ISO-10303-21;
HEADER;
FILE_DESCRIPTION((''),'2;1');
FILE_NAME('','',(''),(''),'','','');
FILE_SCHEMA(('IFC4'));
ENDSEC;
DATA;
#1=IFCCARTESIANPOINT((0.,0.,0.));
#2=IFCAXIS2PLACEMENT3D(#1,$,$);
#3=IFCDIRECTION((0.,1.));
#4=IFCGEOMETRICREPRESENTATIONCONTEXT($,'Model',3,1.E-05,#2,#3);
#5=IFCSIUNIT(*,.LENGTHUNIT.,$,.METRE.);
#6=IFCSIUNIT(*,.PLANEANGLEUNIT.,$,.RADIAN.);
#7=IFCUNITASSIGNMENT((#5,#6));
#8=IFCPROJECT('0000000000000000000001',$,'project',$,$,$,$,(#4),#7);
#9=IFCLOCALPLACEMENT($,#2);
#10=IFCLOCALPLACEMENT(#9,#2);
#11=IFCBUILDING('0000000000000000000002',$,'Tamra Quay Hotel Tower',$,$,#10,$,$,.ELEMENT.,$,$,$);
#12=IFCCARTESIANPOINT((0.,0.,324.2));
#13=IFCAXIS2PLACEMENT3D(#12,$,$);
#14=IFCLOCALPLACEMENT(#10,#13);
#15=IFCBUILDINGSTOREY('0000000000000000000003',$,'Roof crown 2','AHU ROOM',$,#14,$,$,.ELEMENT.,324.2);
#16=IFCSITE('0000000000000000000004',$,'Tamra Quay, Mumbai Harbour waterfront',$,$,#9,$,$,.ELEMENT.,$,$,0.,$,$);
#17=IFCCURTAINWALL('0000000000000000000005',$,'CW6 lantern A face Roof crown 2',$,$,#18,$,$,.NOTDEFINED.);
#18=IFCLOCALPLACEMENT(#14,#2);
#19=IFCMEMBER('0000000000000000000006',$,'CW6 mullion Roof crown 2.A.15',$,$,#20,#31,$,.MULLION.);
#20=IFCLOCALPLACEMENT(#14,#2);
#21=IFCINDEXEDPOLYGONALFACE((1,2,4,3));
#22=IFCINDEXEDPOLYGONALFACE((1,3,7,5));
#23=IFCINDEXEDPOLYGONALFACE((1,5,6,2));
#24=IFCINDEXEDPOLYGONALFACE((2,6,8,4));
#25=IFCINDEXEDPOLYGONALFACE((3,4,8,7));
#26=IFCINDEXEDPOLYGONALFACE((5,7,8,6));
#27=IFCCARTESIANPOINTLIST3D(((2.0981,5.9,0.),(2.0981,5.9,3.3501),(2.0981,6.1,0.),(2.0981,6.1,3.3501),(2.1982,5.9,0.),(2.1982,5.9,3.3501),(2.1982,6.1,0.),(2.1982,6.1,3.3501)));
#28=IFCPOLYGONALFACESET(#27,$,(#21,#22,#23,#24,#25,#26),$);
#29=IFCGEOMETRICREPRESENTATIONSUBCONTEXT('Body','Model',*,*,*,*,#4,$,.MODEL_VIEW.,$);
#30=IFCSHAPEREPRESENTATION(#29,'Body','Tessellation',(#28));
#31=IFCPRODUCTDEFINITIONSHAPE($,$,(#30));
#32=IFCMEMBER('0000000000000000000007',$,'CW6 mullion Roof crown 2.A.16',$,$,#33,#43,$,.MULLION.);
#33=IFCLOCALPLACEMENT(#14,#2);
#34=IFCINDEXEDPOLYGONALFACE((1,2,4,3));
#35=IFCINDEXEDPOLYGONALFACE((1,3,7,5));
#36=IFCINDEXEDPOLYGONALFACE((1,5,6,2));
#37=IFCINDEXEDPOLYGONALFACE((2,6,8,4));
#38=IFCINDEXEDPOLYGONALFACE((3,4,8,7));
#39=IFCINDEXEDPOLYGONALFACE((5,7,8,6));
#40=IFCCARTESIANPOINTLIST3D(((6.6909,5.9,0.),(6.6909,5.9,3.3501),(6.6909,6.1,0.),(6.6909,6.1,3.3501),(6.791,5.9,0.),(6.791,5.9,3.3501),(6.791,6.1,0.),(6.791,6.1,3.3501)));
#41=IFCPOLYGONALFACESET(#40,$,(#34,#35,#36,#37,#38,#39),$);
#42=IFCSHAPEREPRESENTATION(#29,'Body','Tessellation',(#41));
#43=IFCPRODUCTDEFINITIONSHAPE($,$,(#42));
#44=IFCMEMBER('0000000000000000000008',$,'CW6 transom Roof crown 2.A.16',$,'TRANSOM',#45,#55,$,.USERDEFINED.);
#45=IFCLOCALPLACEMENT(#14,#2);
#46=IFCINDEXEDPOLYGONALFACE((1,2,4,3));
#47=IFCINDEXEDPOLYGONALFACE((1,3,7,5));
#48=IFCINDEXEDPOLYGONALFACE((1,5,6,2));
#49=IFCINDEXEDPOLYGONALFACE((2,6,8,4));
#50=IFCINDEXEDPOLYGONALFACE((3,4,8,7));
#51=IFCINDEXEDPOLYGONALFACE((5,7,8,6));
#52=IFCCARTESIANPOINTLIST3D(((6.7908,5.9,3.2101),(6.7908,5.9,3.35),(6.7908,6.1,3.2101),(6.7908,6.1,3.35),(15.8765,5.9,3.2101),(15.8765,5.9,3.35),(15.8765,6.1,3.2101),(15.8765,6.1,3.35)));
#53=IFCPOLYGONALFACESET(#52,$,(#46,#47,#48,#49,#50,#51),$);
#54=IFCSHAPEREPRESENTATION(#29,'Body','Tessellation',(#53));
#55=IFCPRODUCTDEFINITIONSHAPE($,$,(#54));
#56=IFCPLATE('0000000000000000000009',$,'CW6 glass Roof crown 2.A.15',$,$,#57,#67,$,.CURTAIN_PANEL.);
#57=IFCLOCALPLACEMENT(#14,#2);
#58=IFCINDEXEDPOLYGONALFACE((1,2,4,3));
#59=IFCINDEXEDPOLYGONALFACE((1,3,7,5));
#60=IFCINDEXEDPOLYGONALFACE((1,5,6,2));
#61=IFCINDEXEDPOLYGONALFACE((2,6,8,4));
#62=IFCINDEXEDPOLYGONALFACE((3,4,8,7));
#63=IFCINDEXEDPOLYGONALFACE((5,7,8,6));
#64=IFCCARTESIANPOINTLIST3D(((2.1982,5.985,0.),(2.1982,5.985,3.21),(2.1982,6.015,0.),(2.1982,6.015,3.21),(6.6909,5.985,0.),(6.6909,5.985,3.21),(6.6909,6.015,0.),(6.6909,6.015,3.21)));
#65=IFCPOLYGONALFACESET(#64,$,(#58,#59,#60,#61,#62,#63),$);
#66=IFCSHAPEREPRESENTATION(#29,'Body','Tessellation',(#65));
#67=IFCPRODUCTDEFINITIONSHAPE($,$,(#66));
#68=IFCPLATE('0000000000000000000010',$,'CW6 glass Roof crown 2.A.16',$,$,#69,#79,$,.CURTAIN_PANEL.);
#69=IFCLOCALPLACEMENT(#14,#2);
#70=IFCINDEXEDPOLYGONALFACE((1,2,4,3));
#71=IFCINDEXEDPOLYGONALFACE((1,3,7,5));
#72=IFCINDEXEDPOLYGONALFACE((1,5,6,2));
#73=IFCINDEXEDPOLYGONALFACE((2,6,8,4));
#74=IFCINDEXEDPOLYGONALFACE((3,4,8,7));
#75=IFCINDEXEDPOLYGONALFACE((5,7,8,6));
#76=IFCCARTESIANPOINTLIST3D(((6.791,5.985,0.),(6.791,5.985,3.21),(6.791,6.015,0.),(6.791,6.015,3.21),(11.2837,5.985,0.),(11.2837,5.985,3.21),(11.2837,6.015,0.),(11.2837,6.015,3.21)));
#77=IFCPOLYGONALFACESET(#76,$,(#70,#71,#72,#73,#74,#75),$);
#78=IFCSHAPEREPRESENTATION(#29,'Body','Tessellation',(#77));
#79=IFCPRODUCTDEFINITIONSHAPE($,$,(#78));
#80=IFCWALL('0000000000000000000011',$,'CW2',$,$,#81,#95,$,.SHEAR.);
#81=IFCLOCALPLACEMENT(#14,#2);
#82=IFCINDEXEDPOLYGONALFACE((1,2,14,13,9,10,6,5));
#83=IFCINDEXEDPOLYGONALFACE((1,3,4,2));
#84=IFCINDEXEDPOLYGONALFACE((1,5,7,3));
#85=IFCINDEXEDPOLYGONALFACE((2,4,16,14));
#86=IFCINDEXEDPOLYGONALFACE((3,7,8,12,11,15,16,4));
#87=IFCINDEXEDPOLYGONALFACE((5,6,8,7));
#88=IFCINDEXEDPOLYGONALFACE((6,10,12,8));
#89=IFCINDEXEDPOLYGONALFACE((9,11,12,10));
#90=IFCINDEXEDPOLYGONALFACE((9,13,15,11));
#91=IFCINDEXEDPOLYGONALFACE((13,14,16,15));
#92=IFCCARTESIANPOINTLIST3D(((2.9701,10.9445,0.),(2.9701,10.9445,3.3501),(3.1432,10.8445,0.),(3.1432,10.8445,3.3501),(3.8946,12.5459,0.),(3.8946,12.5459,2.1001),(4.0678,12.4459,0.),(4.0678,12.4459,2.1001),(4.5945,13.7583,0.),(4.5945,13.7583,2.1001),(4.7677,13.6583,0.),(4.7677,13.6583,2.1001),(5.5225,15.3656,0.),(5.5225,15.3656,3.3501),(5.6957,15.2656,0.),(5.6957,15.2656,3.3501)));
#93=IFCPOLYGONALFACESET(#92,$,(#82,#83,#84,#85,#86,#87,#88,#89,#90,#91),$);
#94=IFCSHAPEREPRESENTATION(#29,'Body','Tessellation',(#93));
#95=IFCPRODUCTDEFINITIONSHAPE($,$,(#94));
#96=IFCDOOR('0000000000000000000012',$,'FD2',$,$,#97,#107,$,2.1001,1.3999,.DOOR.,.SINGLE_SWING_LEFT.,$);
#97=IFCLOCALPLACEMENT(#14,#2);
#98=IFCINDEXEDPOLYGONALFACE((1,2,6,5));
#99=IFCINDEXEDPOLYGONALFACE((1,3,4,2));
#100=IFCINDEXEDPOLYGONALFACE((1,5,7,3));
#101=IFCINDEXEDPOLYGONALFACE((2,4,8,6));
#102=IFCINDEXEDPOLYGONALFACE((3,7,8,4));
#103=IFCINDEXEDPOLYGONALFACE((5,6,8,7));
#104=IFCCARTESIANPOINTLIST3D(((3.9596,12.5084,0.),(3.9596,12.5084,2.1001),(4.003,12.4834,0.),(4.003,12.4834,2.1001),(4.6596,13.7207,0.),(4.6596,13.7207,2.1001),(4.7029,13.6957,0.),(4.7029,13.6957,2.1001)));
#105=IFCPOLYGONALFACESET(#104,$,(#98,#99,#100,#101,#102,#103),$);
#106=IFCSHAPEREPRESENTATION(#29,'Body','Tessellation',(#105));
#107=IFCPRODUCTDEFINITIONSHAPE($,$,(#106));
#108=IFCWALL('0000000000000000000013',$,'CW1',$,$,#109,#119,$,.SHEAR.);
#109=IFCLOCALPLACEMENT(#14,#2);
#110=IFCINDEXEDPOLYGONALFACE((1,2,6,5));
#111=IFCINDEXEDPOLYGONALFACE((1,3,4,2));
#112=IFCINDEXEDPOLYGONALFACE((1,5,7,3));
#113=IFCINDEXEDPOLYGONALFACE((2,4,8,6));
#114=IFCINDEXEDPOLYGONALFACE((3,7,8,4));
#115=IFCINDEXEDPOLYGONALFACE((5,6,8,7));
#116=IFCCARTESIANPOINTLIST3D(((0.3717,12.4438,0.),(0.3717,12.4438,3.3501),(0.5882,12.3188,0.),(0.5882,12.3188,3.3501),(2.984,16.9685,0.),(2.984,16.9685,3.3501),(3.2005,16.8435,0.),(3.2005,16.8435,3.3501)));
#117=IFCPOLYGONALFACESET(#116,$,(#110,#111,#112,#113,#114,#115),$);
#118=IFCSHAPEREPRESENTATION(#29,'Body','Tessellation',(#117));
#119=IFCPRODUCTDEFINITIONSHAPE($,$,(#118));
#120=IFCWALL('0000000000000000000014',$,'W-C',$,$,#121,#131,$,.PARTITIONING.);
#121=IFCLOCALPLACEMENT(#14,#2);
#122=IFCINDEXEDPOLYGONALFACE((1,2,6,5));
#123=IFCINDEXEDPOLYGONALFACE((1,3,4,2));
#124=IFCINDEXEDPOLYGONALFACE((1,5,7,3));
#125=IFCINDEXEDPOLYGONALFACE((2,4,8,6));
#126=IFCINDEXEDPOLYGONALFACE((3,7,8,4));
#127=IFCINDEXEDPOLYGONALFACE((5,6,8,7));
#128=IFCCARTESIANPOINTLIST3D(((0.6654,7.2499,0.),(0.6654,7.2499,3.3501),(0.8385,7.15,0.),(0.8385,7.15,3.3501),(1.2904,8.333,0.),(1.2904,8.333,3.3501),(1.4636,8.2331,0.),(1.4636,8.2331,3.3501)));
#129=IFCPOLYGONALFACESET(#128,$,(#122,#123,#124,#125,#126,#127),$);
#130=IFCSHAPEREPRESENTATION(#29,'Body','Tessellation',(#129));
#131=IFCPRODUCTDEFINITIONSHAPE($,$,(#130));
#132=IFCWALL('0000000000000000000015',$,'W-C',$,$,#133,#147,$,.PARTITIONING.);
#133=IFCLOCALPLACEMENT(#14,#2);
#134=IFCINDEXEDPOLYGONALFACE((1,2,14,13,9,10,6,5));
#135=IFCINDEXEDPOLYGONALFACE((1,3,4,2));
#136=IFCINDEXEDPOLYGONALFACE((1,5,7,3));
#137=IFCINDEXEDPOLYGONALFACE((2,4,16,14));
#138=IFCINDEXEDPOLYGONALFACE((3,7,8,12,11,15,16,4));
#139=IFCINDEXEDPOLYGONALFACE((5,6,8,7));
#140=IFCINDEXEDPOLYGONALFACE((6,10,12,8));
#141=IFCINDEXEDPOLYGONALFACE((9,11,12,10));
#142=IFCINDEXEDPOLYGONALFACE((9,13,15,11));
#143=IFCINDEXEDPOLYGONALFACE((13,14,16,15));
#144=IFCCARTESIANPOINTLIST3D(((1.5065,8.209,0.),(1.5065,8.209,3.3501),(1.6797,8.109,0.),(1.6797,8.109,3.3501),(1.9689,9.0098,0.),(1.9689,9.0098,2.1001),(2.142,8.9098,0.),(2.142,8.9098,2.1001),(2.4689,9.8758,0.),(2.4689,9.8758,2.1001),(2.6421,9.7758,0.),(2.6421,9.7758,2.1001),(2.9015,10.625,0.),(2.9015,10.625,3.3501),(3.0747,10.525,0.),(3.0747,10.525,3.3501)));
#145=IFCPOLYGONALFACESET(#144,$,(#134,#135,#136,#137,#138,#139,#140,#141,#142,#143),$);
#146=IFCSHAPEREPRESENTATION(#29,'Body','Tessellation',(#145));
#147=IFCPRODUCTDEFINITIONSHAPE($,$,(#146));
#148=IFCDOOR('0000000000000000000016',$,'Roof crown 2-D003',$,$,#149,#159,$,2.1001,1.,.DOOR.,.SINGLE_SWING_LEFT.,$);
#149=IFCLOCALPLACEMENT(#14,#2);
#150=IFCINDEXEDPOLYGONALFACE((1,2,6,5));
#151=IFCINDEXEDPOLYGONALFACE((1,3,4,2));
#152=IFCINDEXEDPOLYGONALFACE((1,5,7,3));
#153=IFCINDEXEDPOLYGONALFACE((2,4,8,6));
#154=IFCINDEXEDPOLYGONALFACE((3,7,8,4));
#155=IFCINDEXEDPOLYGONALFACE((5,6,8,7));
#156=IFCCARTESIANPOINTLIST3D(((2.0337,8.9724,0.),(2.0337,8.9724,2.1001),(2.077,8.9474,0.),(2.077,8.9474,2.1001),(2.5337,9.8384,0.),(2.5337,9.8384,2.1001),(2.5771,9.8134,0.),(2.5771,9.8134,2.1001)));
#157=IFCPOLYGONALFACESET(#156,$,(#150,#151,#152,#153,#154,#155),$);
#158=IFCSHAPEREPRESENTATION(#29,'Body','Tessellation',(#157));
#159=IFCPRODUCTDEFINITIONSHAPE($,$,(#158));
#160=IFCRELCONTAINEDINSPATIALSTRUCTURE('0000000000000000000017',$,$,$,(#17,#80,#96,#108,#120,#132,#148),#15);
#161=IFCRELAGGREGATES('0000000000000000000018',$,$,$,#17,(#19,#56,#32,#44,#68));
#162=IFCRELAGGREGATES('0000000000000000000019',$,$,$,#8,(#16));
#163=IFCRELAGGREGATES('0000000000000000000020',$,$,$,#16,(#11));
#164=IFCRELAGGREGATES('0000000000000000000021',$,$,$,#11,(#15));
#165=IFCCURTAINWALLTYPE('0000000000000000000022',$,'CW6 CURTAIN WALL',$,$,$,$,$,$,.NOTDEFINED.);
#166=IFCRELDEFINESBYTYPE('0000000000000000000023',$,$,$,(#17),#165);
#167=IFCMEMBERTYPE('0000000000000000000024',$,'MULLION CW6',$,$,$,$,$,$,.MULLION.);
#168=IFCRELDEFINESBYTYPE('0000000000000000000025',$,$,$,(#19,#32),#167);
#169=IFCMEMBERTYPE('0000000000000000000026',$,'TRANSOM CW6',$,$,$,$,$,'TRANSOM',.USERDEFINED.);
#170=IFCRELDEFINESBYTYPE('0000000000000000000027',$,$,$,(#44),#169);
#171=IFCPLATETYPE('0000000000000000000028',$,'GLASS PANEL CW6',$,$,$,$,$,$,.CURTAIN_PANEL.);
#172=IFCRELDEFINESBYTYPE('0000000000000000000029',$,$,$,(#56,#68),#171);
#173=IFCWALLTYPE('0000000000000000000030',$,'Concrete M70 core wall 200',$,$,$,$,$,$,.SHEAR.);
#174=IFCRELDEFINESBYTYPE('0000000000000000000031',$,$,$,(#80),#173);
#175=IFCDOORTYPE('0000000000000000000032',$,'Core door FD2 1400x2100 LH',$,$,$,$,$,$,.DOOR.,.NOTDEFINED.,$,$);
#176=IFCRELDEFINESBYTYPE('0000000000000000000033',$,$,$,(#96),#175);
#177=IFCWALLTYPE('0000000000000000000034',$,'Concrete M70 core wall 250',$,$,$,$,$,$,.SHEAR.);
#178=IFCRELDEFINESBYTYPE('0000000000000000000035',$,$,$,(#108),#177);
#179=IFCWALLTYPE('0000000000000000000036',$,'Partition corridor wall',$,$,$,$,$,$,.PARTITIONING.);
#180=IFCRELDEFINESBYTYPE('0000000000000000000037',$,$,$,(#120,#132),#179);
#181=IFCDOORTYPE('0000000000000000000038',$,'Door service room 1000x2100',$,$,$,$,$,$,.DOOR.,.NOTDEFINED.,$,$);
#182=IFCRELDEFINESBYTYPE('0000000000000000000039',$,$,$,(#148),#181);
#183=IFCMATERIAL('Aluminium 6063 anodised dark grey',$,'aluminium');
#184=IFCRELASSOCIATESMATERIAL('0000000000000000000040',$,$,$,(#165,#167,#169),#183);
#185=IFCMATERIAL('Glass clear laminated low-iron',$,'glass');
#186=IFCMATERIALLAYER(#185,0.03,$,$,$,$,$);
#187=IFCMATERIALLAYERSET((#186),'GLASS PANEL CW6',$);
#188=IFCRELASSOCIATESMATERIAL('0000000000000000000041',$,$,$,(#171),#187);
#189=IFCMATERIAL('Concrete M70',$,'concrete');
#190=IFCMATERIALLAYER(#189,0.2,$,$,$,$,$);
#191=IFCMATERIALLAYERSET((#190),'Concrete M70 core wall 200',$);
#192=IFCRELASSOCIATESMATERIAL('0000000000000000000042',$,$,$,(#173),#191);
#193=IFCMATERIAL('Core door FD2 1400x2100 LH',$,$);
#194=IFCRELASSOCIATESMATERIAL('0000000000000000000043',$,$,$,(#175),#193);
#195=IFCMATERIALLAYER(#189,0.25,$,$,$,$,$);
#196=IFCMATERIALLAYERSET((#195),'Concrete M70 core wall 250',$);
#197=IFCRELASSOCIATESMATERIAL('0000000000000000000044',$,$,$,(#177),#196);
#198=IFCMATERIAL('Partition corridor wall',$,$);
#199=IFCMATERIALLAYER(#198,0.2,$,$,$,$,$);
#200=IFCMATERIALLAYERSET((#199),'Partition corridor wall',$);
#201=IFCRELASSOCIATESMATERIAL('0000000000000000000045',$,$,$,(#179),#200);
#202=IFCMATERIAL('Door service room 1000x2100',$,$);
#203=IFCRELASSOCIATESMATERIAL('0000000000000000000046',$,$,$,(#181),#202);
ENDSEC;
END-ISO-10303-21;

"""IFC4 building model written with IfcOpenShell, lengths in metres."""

from ifc_helpers import new_model, si_unit, direction, frame, frame_2d, origin, origin_2d, place, context, subcontext, project, spatial, rectangle, extrude, material, layer, layer_set, material_profile, profile_set, type_object, element, fill, aggregate, save


model = new_model("IFC4")

# Units and contexts
model_context = context("Model", 3, precision=1e-05, world=origin(), true_north=direction((0.0, 1.0)))
body_context = subcontext(model_context, "Body", "Model", "MODEL_VIEW")
ifc_project = project(units=[si_unit("LENGTHUNIT", "METRE"), si_unit("PLANEANGLEUNIT", "RADIAN")], contexts=[model_context])

# Site, building, storey
site_placement = place(None, origin())
site = spatial("IfcSite", under=ifc_project, at=site_placement, Name="Tamra Quay, Mumbai Harbour waterfront", CompositionType="ELEMENT", RefElevation=0.0)
building_placement = place(site_placement, origin())
building = spatial("IfcBuilding", under=site, at=building_placement, Name="Tamra Quay Hotel Tower", CompositionType="ELEMENT")
storey_placement = place(building_placement, frame((0.0, 0.0, 324.2)))
storey = spatial("IfcBuildingStorey", under=building, at=storey_placement, Name="Roof crown 2", Description="AHU ROOM", CompositionType="ELEMENT", Elevation=324.2)

# Curtain wall, members, plates
ifc_material_1 = material(Name="Aluminium 6063 anodised dark grey", Category="aluminium")
curtain_wall_type = type_object("IfcCurtainWallType", Name="CW6 CURTAIN WALL", PredefinedType="NOTDEFINED", material=ifc_material_1)
curtain_wall_placement = place(storey_placement, origin())
curtain_wall = element("IfcCurtainWall", 1, at=curtain_wall_placement, inside=storey, type_object=curtain_wall_type, Name="CW6 lantern A face Roof crown 2", PredefinedType="NOTDEFINED")
ifc_material_profile_1 = material_profile(ifc_material_1, rectangle(XDim=0.2, YDim=0.1001, at=origin_2d()), Name="MULLION 100X200")
ifc_profile_set_1 = profile_set([ifc_material_profile_1], Name="Aluminium 6063 anodised dark grey")
member_type_1 = type_object("IfcMemberType", Name="MULLION CW6", PredefinedType="MULLION", material=ifc_profile_set_1)
member_1_placement = place(storey_placement, frame((2.1482, 6.0, 0.0), z_axis=(0.0, 0.0, 1.0), x_axis=(0.0, -1.0, 0.0)))
member_1 = element("IfcMember", 2, at=member_1_placement, type_object=member_type_1, Name="CW6 mullion Roof crown 2.A.15", PredefinedType="MULLION", context=body_context, shape_type="SweptSolid", body=[
    extrude(rectangle(XDim=0.2, YDim=0.1001, at=origin_2d()), origin(), (0.0, 0.0, 1.0), 3.3501),
])
member_2_placement = place(storey_placement, frame((6.741, 6.0, 0.0), z_axis=(0.0, 0.0, 1.0), x_axis=(0.0, -1.0, 0.0)))
member_2 = element("IfcMember", 3, at=member_2_placement, type_object=member_type_1, Name="CW6 mullion Roof crown 2.A.16", PredefinedType="MULLION", context=body_context, shape_type="SweptSolid", body=[
    extrude(rectangle(XDim=0.2, YDim=0.1001, at=origin_2d()), origin(), (0.0, 0.0, 1.0), 3.3501),
])
ifc_material_profile_2 = material_profile(ifc_material_1, rectangle(XDim=0.2, YDim=0.1399, at=origin_2d()), Name="TRANSOM 200X140")
ifc_profile_set_2 = profile_set([ifc_material_profile_2], Name="Aluminium 6063 anodised dark grey")
member_type_2 = type_object("IfcMemberType", Name="TRANSOM CW6", ElementType="TRANSOM", PredefinedType="USERDEFINED", material=ifc_profile_set_2)
member_3_placement = place(storey_placement, frame((6.7908, 6.0, 3.28), z_axis=(1.0, 0.0, 0.0), x_axis=(0.0, 1.0, 0.0)))
member_3 = element("IfcMember", 4, at=member_3_placement, type_object=member_type_2, Name="CW6 transom Roof crown 2.A.16", ObjectType="TRANSOM", PredefinedType="USERDEFINED", context=body_context, shape_type="SweptSolid", body=[
    extrude(rectangle(XDim=0.2, YDim=0.1399, at=origin_2d()), origin(), (0.0, 0.0, 1.0), 9.0857),
])
ifc_material_2 = material(Name="Glass clear laminated low-iron", Category="glass")
ifc_layer_1 = layer(ifc_material_2, 0.03)
ifc_layer_set_1 = layer_set([ifc_layer_1], Name="GLASS PANEL CW6")
plate_type = type_object("IfcPlateType", Name="GLASS PANEL CW6", PredefinedType="CURTAIN_PANEL", material=ifc_layer_set_1)
plate_1_placement = place(storey_placement, frame((4.4446, 6.0, 0.0), z_axis=(0.0, 0.0, 1.0), x_axis=(1.0, 0.0, 0.0)))
plate_1 = element("IfcPlate", 5, at=plate_1_placement, type_object=plate_type, Name="CW6 glass Roof crown 2.A.15", PredefinedType="CURTAIN_PANEL", context=body_context, shape_type="SweptSolid", body=[
    extrude(rectangle(XDim=4.4927, YDim=0.03, at=origin_2d()), origin(), (0.0, 0.0, 1.0), 3.21),
])
plate_2_placement = place(storey_placement, frame((9.0374, 6.0, 0.0), z_axis=(0.0, 0.0, 1.0), x_axis=(1.0, 0.0, 0.0)))
plate_2 = element("IfcPlate", 6, at=plate_2_placement, type_object=plate_type, Name="CW6 glass Roof crown 2.A.16", PredefinedType="CURTAIN_PANEL", context=body_context, shape_type="SweptSolid", body=[
    extrude(rectangle(XDim=4.4927, YDim=0.03, at=origin_2d()), origin(), (0.0, 0.0, 1.0), 3.21),
])
aggregate(curtain_wall, [member_1, plate_1, member_2, member_3, plate_2])

# Wall, opening, door
ifc_material_3 = material(Name="Concrete M70", Category="concrete")
ifc_layer_2 = layer(ifc_material_3, 0.2)
ifc_layer_set_2 = layer_set([ifc_layer_2], Name="Concrete M70 core wall 200")
wall_type_1 = type_object("IfcWallType", Name="Concrete M70 core wall 200", PredefinedType="SHEAR", material=ifc_layer_set_2)
wall_1_placement = place(storey_placement, frame((3.0566, 10.8945, 0.0), z_axis=(0.0, 0.0, 1.0), x_axis=(0.499992, 0.86603, 0.0)))
wall_1 = element("IfcWall", 7, at=wall_1_placement, inside=storey, type_object=wall_type_1, Name="CW2", PredefinedType="SHEAR", context=body_context, shape_type="SweptSolid", body=[
    extrude(rectangle(XDim=5.105, YDim=0.2, at=frame_2d((2.5525, 0.0))), origin(), (0.0, 0.0, 1.0), 3.3501),
])
opening_1_placement = place(wall_1_placement, frame((1.8491, 0.0, 0.0)))
opening_1 = element("IfcOpeningElement", 8, at=opening_1_placement, cuts=wall_1, PredefinedType="OPENING", context=body_context, shape_type="SweptSolid", body=[
    extrude(rectangle(XDim=1.3999, YDim=2.1001, at=frame_2d((0.7, 1.05))), frame((0.0, 0.1099, 0.0), z_axis=(0.0, -1.0, 0.0), x_axis=(1.0, 0.0, 0.0)), (0.0, 0.0, 1.0), 0.22),
])
ifc_material_4 = material(Name="Core door FD2 1400x2100 LH")
door_type_1 = type_object("IfcDoorType", Name="Core door FD2 1400x2100 LH", OperationType="NOTDEFINED", PredefinedType="DOOR", material=ifc_material_4)
door_1_placement = place(opening_1_placement, origin())
door_1 = element("IfcDoor", 9, at=door_1_placement, inside=storey, type_object=door_type_1, Name="FD2", OperationType="SINGLE_SWING_LEFT", OverallHeight=2.1001, OverallWidth=1.3999, PredefinedType="DOOR", context=body_context, shape_type="SweptSolid", body=[
    extrude(rectangle(XDim=1.3999, YDim=2.1001, at=frame_2d((0.7, 1.05))), frame((0.0, 0.0249, 0.0), z_axis=(0.0, -1.0, 0.0), x_axis=(1.0, 0.0, 0.0)), (0.0, 0.0, 1.0), 0.05),
])
fill(opening_1, door_1)

# Walls
ifc_layer_3 = layer(ifc_material_3, 0.25)
ifc_layer_set_3 = layer_set([ifc_layer_3], Name="Concrete M70 core wall 250")
wall_type_2 = type_object("IfcWallType", Name="Concrete M70 core wall 250", PredefinedType="SHEAR", material=ifc_layer_set_3)
wall_2_placement = place(storey_placement, frame((0.48, 12.3813, 0.0), z_axis=(0.0, 0.0, 1.0), x_axis=(0.499999, 0.866026, 0.0)))
element("IfcWall", 10, at=wall_2_placement, inside=storey, type_object=wall_type_2, Name="CW1", PredefinedType="SHEAR", context=body_context, shape_type="SweptSolid", body=[
    extrude(rectangle(XDim=5.2246, YDim=0.25, at=frame_2d((2.6123, 0.0))), origin(), (0.0, 0.0, 1.0), 3.3501),
])
ifc_material_5 = material(Name="Partition corridor wall")
ifc_layer_4 = layer(ifc_material_5, 0.2)
ifc_layer_set_4 = layer_set([ifc_layer_4], Name="Partition corridor wall")
wall_type_3 = type_object("IfcWallType", Name="Partition corridor wall", PredefinedType="PARTITIONING", material=ifc_layer_set_4)
wall_3_placement = place(storey_placement, frame((0.752, 7.2, 0.0), z_axis=(0.0, 0.0, 1.0), x_axis=(0.499835, 0.866121, 0.0)))
element("IfcWall", 11, at=wall_3_placement, inside=storey, type_object=wall_type_3, Name="W-C", PredefinedType="PARTITIONING", context=body_context, shape_type="SweptSolid", body=[
    extrude(rectangle(XDim=1.2505, YDim=0.2, at=frame_2d((0.6252, 0.0))), origin(), (0.0, 0.0, 1.0), 3.3501),
])

# Wall, opening, door
wall_4_placement = place(storey_placement, frame((1.593, 8.1589, 0.0), z_axis=(0.0, 0.0, 1.0), x_axis=(0.500036, 0.866005, 0.0)))
wall_4 = element("IfcWall", 12, at=wall_4_placement, inside=storey, type_object=wall_type_3, Name="W-C", PredefinedType="PARTITIONING", context=body_context, shape_type="SweptSolid", body=[
    extrude(rectangle(XDim=2.7898, YDim=0.2, at=frame_2d((1.395, 0.0))), origin(), (0.0, 0.0, 1.0), 3.3501),
])
opening_2_placement = place(wall_4_placement, frame((0.9248, 0.0, 0.0)))
opening_2 = element("IfcOpeningElement", 13, at=opening_2_placement, cuts=wall_4, PredefinedType="OPENING", context=body_context, shape_type="SweptSolid", body=[
    extrude(rectangle(XDim=1.0, YDim=2.1001, at=frame_2d((0.5, 1.05))), frame((0.0, 0.1099, 0.0), z_axis=(0.0, -1.0, 0.0), x_axis=(1.0, 0.0, 0.0)), (0.0, 0.0, 1.0), 0.22),
])
ifc_material_6 = material(Name="Door service room 1000x2100")
door_type_2 = type_object("IfcDoorType", Name="Door service room 1000x2100", OperationType="NOTDEFINED", PredefinedType="DOOR", material=ifc_material_6)
door_2_placement = place(opening_2_placement, frame((1.0, 0.0, 0.0), z_axis=(0.0, 0.0, 1.0), x_axis=(-1.0, 0.0, 0.0)))
door_2 = element("IfcDoor", 14, at=door_2_placement, inside=storey, type_object=door_type_2, Name="Roof crown 2-D003", OperationType="SINGLE_SWING_LEFT", OverallHeight=2.1001, OverallWidth=1.0, PredefinedType="DOOR", context=body_context, shape_type="SweptSolid", body=[
    extrude(rectangle(XDim=1.0, YDim=2.1001, at=frame_2d((0.5, 1.05))), frame((0.0, 0.0249, 0.0), z_axis=(0.0, -1.0, 0.0), x_axis=(1.0, 0.0, 0.0)), (0.0, 0.0, 1.0), 0.05),
])
fill(opening_2, door_2)

save(model, "model.ifc")
